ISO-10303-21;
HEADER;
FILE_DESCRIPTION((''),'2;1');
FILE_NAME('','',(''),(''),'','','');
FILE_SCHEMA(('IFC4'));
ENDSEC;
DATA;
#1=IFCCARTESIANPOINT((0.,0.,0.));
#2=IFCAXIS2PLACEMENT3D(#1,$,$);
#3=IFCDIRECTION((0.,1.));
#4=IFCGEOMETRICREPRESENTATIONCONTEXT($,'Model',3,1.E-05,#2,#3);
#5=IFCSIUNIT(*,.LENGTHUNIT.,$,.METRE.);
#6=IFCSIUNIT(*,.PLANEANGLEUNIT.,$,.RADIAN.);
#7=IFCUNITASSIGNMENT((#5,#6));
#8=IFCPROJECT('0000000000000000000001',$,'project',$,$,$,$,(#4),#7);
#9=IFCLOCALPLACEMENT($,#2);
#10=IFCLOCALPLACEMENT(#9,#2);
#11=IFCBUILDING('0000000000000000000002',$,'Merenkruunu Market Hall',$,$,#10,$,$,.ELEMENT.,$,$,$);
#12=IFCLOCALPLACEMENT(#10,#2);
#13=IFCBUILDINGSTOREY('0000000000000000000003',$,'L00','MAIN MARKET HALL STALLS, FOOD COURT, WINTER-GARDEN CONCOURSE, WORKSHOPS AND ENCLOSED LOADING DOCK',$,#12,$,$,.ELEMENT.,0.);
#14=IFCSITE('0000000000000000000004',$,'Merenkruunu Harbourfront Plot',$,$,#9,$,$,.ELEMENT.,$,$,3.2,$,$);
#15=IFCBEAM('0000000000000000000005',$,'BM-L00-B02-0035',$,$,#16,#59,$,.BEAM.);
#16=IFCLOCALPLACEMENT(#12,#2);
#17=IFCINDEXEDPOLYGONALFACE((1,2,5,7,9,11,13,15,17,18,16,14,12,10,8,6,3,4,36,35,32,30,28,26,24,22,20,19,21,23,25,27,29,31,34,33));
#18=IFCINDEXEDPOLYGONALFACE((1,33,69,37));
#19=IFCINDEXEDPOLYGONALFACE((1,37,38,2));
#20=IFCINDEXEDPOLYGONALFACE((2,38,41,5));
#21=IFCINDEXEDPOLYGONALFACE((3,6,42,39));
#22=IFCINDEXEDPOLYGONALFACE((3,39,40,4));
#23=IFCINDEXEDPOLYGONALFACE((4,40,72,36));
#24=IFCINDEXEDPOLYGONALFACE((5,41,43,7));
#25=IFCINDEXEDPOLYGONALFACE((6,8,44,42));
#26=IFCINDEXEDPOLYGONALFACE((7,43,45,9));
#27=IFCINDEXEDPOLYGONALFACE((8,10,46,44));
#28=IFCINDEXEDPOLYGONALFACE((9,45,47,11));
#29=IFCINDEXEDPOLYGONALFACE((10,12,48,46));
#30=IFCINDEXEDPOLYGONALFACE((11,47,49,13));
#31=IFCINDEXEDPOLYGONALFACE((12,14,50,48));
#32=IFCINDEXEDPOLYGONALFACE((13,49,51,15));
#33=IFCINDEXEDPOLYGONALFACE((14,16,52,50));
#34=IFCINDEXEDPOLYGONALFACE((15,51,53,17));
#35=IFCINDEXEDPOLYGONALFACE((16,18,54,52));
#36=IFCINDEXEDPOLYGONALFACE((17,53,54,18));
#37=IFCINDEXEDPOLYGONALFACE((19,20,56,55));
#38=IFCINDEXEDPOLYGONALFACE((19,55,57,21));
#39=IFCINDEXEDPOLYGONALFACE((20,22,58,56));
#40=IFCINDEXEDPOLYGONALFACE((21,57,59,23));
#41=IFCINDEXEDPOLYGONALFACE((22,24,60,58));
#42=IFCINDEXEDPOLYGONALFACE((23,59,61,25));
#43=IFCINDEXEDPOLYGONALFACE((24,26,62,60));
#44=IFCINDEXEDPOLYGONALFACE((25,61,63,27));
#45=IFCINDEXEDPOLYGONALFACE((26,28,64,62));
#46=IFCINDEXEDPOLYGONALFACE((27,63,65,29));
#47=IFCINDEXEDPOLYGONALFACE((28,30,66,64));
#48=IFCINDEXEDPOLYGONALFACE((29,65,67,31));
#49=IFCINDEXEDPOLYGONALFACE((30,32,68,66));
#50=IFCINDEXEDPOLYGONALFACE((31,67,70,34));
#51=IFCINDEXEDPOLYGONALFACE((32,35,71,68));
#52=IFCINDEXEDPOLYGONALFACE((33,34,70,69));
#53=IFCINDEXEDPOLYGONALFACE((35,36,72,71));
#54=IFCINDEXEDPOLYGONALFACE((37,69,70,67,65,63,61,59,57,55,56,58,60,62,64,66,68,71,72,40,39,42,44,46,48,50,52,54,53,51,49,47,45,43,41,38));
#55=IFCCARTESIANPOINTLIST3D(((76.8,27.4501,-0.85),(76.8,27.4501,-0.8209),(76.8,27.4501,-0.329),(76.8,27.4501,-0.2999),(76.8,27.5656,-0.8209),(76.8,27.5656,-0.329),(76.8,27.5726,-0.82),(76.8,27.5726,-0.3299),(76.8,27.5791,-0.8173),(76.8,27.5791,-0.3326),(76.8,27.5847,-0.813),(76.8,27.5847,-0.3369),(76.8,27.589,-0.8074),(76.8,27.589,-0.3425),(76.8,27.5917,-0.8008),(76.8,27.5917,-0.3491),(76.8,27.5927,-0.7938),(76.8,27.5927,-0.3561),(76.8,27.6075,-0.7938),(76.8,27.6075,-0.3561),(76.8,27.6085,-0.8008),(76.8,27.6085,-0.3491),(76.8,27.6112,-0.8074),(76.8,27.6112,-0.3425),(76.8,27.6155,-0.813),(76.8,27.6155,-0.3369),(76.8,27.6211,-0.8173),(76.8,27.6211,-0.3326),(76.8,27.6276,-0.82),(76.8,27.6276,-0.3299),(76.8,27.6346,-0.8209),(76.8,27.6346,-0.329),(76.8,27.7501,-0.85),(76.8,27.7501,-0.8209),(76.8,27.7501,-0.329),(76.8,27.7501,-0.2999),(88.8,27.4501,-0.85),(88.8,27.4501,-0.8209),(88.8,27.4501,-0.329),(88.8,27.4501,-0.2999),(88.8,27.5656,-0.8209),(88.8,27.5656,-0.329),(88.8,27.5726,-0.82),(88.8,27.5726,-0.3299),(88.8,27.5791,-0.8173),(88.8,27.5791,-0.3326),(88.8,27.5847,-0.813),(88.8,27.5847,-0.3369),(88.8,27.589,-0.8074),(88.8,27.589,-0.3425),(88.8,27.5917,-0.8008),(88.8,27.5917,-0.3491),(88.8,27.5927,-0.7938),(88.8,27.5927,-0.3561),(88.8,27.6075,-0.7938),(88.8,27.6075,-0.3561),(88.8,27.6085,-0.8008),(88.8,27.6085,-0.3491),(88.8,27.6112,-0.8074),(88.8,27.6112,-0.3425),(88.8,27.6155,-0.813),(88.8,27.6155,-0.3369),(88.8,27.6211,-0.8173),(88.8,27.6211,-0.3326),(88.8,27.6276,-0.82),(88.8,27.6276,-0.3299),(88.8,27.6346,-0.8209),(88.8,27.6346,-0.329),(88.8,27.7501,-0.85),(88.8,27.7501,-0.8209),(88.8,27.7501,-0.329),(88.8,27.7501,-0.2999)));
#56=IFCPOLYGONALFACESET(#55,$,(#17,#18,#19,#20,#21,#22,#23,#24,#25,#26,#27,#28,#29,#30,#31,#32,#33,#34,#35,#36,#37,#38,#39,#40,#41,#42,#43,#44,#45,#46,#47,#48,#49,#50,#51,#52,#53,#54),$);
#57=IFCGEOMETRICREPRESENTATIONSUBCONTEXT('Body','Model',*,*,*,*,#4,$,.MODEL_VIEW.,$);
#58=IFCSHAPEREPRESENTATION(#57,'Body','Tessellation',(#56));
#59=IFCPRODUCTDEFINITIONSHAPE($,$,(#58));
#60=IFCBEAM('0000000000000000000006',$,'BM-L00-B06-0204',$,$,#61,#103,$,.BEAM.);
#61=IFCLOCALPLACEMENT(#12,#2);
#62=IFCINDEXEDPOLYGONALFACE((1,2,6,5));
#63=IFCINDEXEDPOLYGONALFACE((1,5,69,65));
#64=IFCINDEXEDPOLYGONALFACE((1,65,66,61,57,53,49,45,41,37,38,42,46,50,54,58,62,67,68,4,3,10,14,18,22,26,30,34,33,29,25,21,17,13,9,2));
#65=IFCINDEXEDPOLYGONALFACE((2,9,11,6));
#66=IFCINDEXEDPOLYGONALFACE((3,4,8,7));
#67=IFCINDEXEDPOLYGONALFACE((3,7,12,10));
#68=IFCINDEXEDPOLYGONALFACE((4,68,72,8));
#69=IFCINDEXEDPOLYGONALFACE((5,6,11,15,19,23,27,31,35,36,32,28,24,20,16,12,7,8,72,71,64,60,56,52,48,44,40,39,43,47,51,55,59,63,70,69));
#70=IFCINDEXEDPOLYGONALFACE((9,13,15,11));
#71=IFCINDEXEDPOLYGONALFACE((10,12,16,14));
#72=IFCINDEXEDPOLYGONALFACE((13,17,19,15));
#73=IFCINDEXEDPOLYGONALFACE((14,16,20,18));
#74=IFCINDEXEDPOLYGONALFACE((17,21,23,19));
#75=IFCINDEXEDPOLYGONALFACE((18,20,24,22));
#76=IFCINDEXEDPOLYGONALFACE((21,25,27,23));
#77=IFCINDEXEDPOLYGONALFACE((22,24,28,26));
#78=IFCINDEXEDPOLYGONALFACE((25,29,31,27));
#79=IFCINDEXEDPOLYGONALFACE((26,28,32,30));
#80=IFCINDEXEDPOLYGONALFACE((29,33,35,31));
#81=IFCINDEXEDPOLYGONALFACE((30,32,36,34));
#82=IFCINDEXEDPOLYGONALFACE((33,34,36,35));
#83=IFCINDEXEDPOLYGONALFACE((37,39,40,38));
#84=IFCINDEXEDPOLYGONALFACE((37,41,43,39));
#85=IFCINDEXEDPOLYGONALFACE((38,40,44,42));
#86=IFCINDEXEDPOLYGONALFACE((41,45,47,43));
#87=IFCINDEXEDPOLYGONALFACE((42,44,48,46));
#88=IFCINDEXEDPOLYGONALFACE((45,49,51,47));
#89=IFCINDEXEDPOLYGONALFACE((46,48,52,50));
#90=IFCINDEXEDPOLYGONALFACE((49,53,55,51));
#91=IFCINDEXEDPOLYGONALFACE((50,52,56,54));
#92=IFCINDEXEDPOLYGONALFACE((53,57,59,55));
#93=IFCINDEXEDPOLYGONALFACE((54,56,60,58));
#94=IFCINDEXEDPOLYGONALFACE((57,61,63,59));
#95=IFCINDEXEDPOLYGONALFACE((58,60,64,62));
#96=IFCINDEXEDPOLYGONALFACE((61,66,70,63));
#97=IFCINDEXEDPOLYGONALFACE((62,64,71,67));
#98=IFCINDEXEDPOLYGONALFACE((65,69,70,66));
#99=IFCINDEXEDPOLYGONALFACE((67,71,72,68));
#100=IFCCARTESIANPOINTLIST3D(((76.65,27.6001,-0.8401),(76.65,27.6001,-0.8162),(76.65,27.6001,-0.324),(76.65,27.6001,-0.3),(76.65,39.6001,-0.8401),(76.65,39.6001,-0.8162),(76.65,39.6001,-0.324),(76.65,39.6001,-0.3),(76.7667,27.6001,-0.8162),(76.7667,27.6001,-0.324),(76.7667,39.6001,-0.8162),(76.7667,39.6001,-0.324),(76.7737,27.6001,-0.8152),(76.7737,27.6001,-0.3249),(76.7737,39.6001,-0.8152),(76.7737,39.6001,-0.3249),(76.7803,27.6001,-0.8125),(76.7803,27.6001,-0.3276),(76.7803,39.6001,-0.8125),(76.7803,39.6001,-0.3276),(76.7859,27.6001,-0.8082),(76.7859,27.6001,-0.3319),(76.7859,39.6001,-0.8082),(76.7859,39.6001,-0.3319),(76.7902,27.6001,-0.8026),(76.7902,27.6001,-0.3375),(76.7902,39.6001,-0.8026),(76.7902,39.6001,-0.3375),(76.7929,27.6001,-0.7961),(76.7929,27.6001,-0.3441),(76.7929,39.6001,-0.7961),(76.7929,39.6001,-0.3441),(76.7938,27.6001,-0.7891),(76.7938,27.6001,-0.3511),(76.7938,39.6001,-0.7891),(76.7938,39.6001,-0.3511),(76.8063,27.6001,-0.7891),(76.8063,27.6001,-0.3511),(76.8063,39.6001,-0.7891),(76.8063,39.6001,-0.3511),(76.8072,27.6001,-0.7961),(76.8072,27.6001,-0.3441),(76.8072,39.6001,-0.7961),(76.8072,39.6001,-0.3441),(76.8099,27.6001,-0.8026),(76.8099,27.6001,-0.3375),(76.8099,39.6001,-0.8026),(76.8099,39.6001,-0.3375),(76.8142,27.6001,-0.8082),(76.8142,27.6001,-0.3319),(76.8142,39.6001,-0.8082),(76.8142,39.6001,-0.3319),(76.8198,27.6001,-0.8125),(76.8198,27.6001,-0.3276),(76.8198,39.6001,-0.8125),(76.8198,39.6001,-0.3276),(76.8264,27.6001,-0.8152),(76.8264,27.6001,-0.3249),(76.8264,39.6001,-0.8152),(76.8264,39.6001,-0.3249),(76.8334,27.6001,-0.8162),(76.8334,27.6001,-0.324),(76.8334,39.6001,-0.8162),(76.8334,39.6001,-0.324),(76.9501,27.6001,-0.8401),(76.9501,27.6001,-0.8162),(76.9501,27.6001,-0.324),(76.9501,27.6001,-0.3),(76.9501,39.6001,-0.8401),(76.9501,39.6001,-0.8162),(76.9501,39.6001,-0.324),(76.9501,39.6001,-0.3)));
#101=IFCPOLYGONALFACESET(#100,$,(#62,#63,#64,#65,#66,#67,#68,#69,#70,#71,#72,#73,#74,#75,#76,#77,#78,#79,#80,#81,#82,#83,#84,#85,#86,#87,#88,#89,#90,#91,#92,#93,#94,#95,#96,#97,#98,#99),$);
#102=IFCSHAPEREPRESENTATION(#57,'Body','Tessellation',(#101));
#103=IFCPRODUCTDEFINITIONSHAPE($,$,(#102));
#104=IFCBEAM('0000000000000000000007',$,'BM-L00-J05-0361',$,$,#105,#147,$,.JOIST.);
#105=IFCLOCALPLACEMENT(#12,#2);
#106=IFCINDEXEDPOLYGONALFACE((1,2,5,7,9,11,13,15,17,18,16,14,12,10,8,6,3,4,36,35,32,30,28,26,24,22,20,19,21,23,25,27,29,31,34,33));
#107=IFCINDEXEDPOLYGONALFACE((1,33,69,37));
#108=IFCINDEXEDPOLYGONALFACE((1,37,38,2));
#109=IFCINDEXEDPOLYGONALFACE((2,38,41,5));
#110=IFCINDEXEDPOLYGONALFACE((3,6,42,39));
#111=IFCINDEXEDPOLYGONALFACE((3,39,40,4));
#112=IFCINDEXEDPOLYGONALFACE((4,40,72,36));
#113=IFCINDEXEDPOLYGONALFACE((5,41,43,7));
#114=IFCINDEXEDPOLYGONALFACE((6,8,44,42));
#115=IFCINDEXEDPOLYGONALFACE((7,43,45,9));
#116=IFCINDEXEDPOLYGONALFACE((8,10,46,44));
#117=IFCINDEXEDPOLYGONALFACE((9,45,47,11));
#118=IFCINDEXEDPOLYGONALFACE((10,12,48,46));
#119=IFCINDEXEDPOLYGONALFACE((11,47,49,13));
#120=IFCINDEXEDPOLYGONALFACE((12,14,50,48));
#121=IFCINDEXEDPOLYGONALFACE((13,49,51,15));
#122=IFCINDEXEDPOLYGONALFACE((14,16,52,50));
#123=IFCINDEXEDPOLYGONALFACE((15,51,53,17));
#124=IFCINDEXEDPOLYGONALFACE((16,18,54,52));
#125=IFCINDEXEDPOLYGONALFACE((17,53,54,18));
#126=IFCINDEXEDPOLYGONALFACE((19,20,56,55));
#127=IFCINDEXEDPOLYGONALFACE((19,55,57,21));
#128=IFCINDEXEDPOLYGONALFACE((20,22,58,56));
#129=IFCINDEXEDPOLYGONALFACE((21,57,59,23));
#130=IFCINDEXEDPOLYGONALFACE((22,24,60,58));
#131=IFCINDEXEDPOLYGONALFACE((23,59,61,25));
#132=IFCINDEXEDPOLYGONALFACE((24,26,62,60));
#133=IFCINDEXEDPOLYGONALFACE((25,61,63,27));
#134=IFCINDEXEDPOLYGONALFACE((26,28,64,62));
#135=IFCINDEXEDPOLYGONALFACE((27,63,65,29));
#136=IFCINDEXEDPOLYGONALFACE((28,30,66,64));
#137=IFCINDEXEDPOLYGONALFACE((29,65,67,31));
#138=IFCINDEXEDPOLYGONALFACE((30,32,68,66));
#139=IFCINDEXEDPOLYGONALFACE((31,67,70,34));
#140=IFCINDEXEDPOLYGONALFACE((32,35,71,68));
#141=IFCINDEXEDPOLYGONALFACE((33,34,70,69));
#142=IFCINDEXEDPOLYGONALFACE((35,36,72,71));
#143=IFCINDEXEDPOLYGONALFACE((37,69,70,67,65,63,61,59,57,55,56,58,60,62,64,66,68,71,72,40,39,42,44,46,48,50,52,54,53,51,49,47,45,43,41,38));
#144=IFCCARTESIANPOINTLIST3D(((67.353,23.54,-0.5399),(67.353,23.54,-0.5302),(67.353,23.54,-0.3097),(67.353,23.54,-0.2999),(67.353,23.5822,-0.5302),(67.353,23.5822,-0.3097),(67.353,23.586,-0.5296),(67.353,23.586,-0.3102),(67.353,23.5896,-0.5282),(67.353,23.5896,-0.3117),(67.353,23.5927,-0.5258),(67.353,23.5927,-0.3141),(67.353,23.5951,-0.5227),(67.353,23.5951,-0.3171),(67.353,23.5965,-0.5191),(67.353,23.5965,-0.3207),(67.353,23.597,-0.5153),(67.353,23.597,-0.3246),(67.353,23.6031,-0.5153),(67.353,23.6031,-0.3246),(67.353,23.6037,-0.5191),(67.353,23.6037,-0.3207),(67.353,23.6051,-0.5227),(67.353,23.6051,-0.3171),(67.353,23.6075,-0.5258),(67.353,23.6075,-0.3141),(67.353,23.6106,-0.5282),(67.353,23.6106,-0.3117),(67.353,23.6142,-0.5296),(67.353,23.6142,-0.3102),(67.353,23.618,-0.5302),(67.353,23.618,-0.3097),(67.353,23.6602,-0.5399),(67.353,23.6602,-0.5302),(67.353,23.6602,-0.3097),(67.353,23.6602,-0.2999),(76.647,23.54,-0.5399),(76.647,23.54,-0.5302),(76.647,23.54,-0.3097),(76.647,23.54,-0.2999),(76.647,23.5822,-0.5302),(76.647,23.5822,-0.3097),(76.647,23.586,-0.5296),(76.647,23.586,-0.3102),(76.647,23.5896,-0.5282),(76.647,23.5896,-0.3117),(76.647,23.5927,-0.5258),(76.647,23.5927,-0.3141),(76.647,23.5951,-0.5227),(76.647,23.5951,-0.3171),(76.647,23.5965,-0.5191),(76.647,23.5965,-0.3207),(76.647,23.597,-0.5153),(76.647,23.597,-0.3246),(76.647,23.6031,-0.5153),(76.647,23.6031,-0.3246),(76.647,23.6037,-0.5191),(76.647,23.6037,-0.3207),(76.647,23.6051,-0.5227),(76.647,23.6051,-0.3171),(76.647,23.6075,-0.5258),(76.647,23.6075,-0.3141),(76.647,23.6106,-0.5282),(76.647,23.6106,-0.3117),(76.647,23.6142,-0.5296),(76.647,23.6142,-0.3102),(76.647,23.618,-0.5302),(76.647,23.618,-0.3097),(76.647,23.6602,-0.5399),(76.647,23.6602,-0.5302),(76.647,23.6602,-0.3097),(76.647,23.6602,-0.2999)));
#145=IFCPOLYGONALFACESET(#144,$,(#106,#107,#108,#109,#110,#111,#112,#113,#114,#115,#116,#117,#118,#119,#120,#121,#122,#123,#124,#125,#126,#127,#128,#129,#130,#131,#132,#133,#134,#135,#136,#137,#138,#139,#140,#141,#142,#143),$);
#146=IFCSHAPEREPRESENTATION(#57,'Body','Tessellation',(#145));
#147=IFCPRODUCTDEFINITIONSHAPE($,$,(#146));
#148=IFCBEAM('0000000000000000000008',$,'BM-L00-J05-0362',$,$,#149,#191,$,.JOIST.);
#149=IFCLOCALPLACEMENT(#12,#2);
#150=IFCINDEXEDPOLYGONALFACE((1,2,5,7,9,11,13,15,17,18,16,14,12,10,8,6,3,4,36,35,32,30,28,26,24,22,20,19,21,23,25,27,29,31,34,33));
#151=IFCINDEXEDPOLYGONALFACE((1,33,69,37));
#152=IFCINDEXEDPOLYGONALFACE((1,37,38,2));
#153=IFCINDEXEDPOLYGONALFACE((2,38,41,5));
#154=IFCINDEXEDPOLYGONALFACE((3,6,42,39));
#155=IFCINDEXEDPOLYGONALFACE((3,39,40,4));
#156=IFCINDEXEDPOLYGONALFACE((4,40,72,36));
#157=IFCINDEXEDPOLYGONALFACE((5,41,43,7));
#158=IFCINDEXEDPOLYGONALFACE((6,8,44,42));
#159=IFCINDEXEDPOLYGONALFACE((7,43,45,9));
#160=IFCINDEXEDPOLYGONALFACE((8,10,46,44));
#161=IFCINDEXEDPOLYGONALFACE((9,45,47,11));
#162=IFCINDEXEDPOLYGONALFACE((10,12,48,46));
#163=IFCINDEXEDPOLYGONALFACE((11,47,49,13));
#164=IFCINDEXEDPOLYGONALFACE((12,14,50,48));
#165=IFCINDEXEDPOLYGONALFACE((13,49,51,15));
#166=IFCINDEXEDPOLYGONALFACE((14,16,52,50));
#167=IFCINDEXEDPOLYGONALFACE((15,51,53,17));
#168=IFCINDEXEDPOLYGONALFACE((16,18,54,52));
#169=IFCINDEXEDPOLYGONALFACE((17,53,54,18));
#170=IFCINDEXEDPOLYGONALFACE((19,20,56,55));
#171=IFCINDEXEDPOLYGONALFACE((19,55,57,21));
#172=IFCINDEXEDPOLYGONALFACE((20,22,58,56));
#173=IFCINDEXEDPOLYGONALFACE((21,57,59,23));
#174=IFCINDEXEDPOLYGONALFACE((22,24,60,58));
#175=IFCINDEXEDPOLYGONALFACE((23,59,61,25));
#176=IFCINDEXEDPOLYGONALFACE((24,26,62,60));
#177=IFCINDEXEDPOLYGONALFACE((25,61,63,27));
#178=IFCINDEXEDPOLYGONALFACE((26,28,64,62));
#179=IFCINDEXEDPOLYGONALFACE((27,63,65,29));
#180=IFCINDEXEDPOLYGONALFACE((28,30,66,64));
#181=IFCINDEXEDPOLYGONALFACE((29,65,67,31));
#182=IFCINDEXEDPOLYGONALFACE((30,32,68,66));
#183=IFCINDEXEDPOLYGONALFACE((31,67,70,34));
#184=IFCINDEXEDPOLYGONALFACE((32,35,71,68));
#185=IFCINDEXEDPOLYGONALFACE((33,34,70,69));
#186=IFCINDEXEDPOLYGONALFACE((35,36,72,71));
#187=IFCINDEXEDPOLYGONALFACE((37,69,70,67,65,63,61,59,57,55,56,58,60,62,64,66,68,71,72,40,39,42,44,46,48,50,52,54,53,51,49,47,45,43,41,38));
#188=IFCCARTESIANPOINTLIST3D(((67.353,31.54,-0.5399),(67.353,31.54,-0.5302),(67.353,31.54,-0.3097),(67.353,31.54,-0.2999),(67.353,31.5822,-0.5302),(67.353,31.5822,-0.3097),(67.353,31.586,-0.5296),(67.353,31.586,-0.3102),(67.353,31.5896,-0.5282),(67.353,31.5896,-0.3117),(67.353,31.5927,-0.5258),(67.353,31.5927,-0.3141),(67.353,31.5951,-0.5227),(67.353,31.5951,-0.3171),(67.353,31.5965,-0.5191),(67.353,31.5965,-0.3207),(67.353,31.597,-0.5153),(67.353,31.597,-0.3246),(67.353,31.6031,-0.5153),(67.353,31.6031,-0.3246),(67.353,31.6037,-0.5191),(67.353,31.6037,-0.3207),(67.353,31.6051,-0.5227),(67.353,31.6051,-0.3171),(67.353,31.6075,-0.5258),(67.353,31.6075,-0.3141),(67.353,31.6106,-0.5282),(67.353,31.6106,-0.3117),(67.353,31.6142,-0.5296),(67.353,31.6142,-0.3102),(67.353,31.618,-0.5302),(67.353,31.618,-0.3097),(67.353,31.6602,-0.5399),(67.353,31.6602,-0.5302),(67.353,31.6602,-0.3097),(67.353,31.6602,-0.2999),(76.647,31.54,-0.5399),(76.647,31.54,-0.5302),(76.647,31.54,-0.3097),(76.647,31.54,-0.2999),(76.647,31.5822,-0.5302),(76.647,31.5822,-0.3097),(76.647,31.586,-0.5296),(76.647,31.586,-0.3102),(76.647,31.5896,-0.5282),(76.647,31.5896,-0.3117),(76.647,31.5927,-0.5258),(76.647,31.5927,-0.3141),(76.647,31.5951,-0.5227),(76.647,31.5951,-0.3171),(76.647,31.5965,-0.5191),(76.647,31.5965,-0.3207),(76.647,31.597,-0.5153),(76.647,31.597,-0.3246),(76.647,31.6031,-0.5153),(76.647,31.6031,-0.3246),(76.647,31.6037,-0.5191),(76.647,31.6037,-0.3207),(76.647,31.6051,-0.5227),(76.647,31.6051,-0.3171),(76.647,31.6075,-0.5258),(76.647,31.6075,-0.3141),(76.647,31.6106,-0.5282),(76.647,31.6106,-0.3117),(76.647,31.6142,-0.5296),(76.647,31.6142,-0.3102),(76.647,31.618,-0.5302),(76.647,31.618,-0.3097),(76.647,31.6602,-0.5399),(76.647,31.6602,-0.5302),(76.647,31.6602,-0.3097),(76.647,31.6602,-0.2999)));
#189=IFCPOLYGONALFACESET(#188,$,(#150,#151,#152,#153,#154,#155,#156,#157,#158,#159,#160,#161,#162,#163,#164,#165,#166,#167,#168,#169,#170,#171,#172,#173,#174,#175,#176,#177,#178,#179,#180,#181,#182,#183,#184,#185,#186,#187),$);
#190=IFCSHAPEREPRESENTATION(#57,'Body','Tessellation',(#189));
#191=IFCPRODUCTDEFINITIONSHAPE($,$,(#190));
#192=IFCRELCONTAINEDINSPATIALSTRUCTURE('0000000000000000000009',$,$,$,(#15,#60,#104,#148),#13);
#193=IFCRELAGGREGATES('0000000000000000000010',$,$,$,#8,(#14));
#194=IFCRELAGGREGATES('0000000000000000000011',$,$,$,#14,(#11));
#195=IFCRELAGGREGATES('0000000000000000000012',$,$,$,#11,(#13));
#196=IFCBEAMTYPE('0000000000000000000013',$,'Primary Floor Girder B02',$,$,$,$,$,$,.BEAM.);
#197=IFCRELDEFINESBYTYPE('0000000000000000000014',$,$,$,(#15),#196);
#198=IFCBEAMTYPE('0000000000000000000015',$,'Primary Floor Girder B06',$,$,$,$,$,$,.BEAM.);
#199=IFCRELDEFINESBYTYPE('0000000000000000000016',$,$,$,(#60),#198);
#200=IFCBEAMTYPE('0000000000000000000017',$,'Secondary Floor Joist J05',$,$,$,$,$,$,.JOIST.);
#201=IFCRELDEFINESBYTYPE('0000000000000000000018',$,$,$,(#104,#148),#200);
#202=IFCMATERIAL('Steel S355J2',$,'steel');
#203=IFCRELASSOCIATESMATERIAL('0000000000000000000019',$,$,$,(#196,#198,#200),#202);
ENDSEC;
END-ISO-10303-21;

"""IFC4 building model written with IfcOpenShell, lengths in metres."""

from ifc_helpers import new_model, si_unit, direction, frame, origin, origin_2d, place, context, subcontext, project, spatial, i_section, extrude, material, material_profile, profile_set, type_object, element, save


model = new_model("IFC4")

# Units and contexts
model_context = context("Model", 3, precision=1e-05, world=origin(), true_north=direction((0.0, 1.0)))
body_context = subcontext(model_context, "Body", "Model", "MODEL_VIEW")
ifc_project = project(units=[si_unit("LENGTHUNIT", "METRE"), si_unit("PLANEANGLEUNIT", "RADIAN")], contexts=[model_context])

# Site, building, storey
site_placement = place(None, origin())
site = spatial("IfcSite", under=ifc_project, at=site_placement, Name="Merenkruunu Harbourfront Plot", CompositionType="ELEMENT", RefElevation=3.2)
building_placement = place(site_placement, origin())
building = spatial("IfcBuilding", under=site, at=building_placement, Name="Merenkruunu Market Hall", CompositionType="ELEMENT")
storey_placement = place(building_placement, origin())
storey = spatial("IfcBuildingStorey", under=building, at=storey_placement, Name="L00", Description="MAIN MARKET HALL STALLS, FOOD COURT, WINTER-GARDEN CONCOURSE, WORKSHOPS AND ENCLOSED LOADING DOCK", CompositionType="ELEMENT", Elevation=0.0)

# Beams
ifc_material_1 = material(Name="Steel S355J2", Category="steel")
ifc_material_profile_1 = material_profile(ifc_material_1, i_section(OverallWidth=0.3, OverallDepth=0.55, WebThickness=0.0149, FlangeThickness=0.0291, FilletRadius=0.0271, at=origin_2d()), Name="HEB 550")
ifc_profile_set_1 = profile_set([ifc_material_profile_1], Name="Steel S355J2")
beam_type_1 = type_object("IfcBeamType", Name="Primary Floor Girder B02", PredefinedType="BEAM", material=ifc_profile_set_1)
beam_1_placement = place(storey_placement, frame((76.8, 27.6001, -0.575), z_axis=(1.0, 0.0, 0.0), x_axis=(0.0, 1.0, 0.0)))
element("IfcBeam", 1, at=beam_1_placement, inside=storey, type_object=beam_type_1, Name="BM-L00-B02-0035", PredefinedType="BEAM", context=body_context, shape_type="SweptSolid", body=[
    extrude(i_section(OverallWidth=0.3, OverallDepth=0.55, WebThickness=0.0149, FlangeThickness=0.0291, FilletRadius=0.0271, at=origin_2d()), origin(), (0.0, 0.0, 1.0), 12.0),
])
ifc_material_profile_2 = material_profile(ifc_material_1, i_section(OverallWidth=0.3, OverallDepth=0.54, WebThickness=0.0125, FlangeThickness=0.0239, FilletRadius=0.0271, at=origin_2d()), Name="HEA 550")
ifc_profile_set_2 = profile_set([ifc_material_profile_2], Name="Steel S355J2")
beam_type_2 = type_object("IfcBeamType", Name="Primary Floor Girder B06", PredefinedType="BEAM", material=ifc_profile_set_2)
beam_2_placement = place(storey_placement, frame((76.8, 27.6001, -0.5701), z_axis=(0.0, 1.0, 0.0), x_axis=(-1.0, 0.0, 0.0)))
element("IfcBeam", 2, at=beam_2_placement, inside=storey, type_object=beam_type_2, Name="BM-L00-B06-0204", PredefinedType="BEAM", context=body_context, shape_type="SweptSolid", body=[
    extrude(i_section(OverallWidth=0.3, OverallDepth=0.54, WebThickness=0.0125, FlangeThickness=0.0239, FilletRadius=0.0271, at=origin_2d()), origin(), (0.0, 0.0, 1.0), 12.0),
])
ifc_material_profile_3 = material_profile(ifc_material_1, i_section(OverallWidth=0.1201, OverallDepth=0.24, WebThickness=0.0061, FlangeThickness=0.0098, FilletRadius=0.0149, at=origin_2d()), Name="IPE 240")
ifc_profile_set_3 = profile_set([ifc_material_profile_3], Name="Steel S355J2")
beam_type_3 = type_object("IfcBeamType", Name="Secondary Floor Joist J05", PredefinedType="JOIST", material=ifc_profile_set_3)
for number, where, z_axis, x_axis, name in (
    (3, (67.353, 23.6001, -0.4199), (1.0, 0.0, 0.0), (0.0, 1.0, 0.0), "BM-L00-J05-0361"),
    (4, (67.353, 31.6001, -0.4199), (1.0, 0.0, 0.0), (0.0, 1.0, 0.0), "BM-L00-J05-0362"),
):
    element("IfcBeam", number, at=place(storey_placement, frame(where, z_axis=z_axis, x_axis=x_axis)), inside=storey, type_object=beam_type_3, Name=name, PredefinedType="JOIST", context=body_context, shape_type="SweptSolid", body=[
        extrude(i_section(OverallWidth=0.1201, OverallDepth=0.24, WebThickness=0.0061, FlangeThickness=0.0098, FilletRadius=0.0149, at=origin_2d()), origin(), (0.0, 0.0, 1.0), 9.2939),
    ])

save(model, "model.ifc")
